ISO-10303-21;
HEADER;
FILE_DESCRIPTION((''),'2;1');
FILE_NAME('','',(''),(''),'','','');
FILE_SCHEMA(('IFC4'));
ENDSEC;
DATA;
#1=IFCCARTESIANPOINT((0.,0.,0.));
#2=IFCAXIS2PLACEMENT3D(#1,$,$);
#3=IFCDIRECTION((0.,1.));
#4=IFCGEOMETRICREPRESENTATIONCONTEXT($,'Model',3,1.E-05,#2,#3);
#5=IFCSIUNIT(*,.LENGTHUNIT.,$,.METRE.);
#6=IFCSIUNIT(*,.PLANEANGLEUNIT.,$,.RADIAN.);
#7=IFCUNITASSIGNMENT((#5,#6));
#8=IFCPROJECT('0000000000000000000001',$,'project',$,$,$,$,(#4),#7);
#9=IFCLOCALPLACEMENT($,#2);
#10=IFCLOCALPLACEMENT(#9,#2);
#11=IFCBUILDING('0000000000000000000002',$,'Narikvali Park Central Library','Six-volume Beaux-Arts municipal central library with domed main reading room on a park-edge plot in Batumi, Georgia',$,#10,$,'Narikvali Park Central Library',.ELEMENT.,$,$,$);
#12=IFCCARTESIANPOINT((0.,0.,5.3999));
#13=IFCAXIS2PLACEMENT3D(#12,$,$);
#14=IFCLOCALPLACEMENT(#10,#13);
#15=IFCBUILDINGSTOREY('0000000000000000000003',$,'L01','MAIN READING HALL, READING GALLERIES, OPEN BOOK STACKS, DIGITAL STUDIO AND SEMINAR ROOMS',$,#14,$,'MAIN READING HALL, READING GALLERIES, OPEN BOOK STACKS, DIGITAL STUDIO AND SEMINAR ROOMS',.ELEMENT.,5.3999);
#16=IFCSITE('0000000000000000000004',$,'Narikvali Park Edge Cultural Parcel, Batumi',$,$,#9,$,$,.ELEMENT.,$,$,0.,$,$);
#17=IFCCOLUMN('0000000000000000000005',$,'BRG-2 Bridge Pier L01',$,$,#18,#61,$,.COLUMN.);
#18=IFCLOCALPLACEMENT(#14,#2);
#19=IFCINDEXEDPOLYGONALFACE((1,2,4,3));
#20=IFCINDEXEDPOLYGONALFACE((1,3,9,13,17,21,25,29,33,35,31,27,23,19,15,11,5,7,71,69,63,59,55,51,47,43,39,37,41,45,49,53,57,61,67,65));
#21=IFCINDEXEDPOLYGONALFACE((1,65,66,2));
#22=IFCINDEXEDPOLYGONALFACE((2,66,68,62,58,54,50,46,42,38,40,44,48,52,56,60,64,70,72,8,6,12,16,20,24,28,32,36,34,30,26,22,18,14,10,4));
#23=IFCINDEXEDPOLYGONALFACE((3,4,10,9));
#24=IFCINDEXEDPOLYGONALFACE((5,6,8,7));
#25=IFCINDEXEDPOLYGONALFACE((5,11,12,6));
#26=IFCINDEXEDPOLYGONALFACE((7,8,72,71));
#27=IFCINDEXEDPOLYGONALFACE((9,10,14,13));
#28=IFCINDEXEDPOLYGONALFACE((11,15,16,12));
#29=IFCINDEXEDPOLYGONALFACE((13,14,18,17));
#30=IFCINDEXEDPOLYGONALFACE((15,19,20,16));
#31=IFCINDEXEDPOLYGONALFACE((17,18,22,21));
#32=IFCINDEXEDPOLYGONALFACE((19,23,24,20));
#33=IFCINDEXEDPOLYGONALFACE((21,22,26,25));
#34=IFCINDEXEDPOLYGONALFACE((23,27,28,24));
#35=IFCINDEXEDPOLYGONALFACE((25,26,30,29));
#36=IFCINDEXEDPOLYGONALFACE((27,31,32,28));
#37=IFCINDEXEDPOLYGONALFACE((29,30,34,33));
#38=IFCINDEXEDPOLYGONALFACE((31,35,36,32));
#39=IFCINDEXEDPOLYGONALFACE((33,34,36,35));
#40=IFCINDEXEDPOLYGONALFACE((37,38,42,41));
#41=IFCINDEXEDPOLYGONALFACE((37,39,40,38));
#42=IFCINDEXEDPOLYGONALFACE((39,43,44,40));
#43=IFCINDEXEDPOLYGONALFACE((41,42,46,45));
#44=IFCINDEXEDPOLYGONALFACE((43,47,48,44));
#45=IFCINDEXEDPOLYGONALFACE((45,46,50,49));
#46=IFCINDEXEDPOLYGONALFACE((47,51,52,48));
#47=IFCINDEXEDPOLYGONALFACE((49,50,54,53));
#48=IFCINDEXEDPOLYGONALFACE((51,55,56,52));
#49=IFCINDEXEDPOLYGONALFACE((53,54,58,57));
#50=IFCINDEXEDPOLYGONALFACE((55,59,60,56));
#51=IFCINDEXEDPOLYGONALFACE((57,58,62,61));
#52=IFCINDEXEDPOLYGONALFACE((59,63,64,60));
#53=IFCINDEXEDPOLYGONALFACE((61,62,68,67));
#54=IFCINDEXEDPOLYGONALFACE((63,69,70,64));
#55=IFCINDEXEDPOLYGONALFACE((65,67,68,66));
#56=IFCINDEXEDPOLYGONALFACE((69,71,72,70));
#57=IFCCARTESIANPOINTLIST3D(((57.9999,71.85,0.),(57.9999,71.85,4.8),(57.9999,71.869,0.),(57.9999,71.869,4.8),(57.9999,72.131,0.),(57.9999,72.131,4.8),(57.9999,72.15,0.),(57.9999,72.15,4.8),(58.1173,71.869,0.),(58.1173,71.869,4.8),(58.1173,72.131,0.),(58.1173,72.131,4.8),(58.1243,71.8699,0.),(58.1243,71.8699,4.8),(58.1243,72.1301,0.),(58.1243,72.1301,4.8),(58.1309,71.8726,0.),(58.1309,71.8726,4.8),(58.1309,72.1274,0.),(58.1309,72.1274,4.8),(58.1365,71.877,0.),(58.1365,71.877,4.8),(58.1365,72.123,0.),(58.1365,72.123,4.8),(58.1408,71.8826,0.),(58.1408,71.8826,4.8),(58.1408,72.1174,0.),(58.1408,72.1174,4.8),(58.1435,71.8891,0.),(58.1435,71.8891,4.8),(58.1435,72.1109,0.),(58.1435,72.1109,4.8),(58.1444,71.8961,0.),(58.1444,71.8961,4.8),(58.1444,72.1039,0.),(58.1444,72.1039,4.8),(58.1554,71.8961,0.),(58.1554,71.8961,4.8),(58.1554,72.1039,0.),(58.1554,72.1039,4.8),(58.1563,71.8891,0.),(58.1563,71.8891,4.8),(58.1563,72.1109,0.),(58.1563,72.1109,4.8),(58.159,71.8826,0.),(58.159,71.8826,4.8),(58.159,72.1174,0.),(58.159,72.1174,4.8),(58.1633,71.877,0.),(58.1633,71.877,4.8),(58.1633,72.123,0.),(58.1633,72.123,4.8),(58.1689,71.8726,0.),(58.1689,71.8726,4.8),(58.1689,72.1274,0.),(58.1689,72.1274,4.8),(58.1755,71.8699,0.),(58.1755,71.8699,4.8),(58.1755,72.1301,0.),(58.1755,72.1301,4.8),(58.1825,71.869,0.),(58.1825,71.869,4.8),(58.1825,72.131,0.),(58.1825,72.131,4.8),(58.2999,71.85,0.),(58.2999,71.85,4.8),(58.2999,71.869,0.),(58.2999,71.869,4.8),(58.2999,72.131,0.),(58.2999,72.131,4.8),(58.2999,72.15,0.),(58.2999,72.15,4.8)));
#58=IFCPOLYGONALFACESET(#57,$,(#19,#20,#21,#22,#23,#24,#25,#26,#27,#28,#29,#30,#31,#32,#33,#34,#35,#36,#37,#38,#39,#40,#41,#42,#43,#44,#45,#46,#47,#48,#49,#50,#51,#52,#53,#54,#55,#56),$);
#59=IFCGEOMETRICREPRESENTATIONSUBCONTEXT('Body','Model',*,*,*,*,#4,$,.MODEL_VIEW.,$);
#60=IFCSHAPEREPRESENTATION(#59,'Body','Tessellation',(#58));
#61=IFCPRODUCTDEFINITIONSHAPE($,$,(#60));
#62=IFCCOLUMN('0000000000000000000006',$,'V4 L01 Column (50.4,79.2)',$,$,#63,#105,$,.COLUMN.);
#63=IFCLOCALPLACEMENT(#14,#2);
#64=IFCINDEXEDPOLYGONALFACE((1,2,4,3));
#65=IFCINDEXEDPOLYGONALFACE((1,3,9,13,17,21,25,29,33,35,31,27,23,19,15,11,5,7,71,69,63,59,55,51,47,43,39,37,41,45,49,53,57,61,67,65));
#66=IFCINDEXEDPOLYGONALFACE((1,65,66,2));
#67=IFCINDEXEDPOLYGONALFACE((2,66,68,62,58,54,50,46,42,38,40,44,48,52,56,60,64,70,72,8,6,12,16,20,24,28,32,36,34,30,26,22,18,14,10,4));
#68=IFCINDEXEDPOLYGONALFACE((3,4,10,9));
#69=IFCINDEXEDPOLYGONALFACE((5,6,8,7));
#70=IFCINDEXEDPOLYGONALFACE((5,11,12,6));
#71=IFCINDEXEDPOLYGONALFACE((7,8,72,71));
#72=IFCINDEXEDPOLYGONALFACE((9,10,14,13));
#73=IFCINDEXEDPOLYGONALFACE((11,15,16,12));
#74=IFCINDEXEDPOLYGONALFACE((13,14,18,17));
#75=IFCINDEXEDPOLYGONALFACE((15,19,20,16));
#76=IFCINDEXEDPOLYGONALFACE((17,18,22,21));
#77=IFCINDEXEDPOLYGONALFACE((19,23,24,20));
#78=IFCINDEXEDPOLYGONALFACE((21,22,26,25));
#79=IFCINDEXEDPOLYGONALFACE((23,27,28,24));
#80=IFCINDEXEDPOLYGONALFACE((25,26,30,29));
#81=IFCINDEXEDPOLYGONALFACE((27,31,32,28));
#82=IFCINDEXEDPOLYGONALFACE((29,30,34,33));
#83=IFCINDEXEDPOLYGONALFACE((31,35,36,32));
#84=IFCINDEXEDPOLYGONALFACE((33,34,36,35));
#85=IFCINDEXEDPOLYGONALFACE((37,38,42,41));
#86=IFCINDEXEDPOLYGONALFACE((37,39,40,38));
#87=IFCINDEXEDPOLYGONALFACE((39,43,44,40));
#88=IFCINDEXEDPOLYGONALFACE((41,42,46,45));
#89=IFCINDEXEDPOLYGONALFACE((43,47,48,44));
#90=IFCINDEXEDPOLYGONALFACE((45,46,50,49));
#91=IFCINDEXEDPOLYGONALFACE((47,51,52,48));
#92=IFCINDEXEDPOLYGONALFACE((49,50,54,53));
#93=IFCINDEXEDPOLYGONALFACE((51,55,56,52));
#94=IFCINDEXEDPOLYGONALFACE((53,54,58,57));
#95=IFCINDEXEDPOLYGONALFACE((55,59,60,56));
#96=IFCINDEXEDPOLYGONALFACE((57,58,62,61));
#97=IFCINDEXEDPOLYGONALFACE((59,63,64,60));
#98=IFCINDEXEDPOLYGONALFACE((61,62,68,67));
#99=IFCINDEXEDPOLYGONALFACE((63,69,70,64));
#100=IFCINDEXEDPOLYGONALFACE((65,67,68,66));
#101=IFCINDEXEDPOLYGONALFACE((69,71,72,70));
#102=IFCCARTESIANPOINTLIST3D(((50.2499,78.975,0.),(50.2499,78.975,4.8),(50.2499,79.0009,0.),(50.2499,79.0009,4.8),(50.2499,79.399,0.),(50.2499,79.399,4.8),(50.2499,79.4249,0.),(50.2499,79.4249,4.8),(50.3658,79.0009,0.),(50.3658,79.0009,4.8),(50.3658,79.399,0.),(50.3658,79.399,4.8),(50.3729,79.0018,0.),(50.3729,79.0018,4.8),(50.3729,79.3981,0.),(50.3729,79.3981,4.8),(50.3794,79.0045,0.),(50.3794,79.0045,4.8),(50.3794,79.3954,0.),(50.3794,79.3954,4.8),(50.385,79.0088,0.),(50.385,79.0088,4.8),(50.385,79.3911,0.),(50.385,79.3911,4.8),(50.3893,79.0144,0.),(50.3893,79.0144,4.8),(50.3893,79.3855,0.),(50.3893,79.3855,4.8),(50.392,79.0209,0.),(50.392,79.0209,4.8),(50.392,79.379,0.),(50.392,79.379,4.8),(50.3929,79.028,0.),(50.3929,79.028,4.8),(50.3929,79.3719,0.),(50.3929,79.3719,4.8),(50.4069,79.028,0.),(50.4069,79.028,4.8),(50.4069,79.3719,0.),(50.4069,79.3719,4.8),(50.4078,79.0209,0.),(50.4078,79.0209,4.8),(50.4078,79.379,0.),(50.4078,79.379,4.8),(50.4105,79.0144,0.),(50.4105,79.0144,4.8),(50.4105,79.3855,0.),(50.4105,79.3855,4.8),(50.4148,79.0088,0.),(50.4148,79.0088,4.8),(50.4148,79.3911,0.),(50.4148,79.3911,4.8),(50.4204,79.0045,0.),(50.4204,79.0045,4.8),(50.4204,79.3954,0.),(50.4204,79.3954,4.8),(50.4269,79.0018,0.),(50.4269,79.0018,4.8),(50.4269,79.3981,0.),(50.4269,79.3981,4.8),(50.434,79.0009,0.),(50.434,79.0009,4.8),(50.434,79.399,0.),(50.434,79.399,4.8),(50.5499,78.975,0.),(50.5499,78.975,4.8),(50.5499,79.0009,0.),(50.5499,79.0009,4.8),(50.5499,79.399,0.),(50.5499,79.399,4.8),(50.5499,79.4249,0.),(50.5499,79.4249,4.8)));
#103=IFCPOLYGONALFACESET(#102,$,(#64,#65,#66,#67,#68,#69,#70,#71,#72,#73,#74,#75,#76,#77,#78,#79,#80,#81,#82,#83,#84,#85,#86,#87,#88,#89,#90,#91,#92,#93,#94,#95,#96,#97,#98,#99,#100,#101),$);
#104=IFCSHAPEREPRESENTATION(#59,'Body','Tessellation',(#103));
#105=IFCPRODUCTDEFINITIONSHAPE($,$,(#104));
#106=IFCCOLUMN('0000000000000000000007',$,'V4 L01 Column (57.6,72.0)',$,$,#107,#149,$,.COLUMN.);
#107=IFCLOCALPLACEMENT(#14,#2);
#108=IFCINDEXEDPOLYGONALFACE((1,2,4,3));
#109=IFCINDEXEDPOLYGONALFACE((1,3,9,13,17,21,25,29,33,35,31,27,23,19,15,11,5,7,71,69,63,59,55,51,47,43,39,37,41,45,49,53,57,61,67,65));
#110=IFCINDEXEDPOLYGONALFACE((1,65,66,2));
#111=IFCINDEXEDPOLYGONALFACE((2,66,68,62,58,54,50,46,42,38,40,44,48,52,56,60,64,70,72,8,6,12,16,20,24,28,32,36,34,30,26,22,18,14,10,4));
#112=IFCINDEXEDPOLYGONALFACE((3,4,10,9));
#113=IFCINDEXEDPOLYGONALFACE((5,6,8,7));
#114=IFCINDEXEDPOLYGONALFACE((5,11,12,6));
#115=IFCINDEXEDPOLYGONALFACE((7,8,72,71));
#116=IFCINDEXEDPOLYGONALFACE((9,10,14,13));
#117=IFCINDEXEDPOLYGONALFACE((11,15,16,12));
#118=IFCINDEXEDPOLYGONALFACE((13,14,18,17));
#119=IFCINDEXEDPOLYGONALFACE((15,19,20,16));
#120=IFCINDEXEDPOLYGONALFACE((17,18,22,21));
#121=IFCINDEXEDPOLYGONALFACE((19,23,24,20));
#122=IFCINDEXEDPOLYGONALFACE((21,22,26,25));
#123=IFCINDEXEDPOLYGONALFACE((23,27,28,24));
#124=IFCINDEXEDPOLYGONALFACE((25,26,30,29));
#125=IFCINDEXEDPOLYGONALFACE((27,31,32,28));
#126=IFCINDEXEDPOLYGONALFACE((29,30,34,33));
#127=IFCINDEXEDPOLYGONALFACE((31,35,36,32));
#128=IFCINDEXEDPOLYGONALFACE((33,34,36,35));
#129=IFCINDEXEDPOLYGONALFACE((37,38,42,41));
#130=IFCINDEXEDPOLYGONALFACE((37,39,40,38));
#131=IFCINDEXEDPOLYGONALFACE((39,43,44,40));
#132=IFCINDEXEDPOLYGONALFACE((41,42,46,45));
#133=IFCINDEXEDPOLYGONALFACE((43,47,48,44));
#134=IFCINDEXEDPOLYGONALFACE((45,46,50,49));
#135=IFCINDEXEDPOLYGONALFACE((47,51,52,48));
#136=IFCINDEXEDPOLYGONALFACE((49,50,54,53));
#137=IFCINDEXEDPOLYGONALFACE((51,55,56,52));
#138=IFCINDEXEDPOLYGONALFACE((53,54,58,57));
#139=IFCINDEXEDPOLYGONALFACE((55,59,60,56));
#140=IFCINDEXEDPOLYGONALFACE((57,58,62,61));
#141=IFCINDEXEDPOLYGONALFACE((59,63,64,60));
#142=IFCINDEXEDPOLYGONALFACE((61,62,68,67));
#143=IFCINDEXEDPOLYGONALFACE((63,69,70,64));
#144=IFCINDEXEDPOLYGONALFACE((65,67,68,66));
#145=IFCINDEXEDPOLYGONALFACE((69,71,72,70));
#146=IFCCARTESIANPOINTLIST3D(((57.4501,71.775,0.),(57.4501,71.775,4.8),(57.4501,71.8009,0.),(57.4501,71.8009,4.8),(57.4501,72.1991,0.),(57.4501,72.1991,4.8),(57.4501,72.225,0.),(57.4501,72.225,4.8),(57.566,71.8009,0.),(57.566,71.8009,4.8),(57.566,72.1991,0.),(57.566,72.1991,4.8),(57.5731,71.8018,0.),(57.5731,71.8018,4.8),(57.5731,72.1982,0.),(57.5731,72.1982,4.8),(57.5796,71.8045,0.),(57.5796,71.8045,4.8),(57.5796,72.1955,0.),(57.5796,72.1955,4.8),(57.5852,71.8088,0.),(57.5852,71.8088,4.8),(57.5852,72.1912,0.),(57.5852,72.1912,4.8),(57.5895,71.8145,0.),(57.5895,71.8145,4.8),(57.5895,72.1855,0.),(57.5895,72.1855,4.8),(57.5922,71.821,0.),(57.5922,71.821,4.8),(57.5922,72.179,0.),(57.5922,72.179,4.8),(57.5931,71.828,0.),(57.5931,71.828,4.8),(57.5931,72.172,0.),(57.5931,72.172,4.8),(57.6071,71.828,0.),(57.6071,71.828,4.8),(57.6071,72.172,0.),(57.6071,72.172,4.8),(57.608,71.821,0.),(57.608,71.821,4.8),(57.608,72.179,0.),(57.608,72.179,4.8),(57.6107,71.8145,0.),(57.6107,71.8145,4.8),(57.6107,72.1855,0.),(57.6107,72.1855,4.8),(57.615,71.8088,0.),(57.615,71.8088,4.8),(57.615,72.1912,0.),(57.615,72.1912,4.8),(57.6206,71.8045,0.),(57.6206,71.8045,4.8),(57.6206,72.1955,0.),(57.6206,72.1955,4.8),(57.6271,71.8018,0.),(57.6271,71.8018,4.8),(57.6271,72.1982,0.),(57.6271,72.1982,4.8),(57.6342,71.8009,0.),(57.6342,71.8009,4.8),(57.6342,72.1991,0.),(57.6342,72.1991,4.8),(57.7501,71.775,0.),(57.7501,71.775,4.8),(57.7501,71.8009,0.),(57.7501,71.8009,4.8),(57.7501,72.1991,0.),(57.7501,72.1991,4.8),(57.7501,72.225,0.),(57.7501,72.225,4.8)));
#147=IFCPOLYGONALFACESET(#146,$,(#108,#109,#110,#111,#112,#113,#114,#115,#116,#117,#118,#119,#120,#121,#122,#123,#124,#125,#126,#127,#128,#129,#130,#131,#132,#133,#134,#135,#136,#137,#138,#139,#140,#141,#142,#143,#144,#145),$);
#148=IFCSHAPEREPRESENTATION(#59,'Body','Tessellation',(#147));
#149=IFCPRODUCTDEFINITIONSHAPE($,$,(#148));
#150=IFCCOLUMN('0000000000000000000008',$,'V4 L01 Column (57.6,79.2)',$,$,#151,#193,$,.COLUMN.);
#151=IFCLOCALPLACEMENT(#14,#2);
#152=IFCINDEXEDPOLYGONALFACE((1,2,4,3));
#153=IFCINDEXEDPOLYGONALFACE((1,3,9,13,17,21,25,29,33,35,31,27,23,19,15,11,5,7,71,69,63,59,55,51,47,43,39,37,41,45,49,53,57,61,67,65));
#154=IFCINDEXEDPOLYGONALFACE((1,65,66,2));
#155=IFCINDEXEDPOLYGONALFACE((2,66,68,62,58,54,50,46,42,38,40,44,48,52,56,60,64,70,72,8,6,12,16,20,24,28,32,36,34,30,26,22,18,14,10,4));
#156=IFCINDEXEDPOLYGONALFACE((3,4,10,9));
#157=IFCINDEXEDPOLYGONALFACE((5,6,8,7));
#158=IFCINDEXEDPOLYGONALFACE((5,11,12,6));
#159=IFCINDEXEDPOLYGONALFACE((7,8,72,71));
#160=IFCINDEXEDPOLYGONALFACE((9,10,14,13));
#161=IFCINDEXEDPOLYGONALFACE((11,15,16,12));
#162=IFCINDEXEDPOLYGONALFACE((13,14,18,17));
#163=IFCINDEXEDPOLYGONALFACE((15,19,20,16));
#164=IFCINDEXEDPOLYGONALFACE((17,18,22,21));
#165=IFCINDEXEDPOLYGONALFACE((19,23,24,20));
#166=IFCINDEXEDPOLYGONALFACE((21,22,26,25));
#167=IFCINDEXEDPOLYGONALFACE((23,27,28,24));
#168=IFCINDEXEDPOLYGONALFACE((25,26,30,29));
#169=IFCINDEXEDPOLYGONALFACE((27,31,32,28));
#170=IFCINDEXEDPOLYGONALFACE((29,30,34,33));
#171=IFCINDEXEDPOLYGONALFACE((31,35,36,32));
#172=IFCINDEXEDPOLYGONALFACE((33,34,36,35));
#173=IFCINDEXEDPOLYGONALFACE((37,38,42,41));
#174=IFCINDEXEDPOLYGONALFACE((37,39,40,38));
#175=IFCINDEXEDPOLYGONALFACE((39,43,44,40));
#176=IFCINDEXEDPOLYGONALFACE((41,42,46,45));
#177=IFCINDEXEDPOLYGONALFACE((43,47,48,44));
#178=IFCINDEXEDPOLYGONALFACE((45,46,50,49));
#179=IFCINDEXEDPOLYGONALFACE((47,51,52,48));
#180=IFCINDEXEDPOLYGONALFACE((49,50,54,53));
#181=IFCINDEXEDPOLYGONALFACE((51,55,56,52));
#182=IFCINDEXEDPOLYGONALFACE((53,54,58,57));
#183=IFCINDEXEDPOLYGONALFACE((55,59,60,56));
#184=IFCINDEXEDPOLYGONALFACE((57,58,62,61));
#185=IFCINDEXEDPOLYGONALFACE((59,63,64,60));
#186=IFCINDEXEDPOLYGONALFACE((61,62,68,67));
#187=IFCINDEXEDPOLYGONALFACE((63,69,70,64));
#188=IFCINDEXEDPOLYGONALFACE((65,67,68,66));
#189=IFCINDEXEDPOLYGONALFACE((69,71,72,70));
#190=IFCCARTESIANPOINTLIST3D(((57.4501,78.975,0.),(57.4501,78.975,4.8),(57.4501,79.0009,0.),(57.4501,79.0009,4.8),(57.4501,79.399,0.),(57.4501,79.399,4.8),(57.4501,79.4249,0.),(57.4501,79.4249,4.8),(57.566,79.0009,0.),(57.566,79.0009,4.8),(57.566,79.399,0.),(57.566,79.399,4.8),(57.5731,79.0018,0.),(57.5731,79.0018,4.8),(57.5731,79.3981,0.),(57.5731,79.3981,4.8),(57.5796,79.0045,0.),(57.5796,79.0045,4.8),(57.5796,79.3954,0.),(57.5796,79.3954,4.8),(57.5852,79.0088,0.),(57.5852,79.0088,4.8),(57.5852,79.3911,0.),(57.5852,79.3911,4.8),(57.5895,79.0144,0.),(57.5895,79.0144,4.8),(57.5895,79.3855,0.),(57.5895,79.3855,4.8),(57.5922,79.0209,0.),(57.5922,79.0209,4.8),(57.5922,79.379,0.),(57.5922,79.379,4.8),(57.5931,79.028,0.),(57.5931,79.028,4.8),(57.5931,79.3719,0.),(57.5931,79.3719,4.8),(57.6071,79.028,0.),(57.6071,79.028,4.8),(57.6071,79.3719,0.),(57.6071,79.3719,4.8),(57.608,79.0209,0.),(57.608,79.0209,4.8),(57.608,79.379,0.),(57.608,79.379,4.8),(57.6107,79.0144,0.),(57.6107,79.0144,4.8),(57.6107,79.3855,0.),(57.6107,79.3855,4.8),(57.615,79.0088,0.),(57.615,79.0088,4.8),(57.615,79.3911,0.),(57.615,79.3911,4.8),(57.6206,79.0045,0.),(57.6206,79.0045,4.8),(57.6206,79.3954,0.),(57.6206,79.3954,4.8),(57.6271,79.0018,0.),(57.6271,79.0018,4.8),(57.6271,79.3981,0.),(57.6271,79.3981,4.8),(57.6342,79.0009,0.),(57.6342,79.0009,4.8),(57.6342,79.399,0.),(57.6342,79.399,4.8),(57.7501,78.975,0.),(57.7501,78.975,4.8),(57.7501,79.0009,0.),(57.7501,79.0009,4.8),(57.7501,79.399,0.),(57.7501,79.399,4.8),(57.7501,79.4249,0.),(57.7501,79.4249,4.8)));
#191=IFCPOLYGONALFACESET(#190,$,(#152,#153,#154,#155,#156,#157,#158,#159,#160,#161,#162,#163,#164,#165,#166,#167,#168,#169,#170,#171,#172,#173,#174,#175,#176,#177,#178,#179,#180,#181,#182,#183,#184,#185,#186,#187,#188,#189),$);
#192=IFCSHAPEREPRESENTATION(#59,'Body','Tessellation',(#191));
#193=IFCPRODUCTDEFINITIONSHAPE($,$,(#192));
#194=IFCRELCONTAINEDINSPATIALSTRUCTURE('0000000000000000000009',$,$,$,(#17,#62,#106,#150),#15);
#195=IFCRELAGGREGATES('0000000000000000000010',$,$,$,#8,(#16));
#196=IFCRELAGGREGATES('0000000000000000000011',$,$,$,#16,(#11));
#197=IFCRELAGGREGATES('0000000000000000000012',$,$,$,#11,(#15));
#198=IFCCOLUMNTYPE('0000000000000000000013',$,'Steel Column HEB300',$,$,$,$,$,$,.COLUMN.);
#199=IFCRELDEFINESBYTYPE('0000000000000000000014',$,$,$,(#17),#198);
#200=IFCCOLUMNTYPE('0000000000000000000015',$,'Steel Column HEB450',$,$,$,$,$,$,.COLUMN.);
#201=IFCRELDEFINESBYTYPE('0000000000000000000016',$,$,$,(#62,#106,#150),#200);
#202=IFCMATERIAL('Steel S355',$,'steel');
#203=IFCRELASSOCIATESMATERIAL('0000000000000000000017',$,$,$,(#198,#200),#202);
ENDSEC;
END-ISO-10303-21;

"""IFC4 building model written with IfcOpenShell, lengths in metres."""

from ifc_helpers import new_model, si_unit, direction, frame, origin, origin_2d, place, context, subcontext, project, spatial, i_section, extrude, material, material_profile, profile_set, type_object, element, save


model = new_model("IFC4")

# Units and contexts
model_context = context("Model", 3, precision=1e-05, world=origin(), true_north=direction((0.0, 1.0)))
body_context = subcontext(model_context, "Body", "Model", "MODEL_VIEW")
ifc_project = project(units=[si_unit("LENGTHUNIT", "METRE"), si_unit("PLANEANGLEUNIT", "RADIAN")], contexts=[model_context])

# Site, building, storey
site_placement = place(None, origin())
site = spatial("IfcSite", under=ifc_project, at=site_placement, Name="Narikvali Park Edge Cultural Parcel, Batumi", CompositionType="ELEMENT", RefElevation=0.0)
building_placement = place(site_placement, origin())
building = spatial("IfcBuilding", under=site, at=building_placement, Name="Narikvali Park Central Library", Description="Six-volume Beaux-Arts municipal central library with domed main reading room on a park-edge plot in Batumi, Georgia", LongName="Narikvali Park Central Library", CompositionType="ELEMENT")
storey_placement = place(building_placement, frame((0.0, 0.0, 5.3999)))
storey = spatial("IfcBuildingStorey", under=building, at=storey_placement, Name="L01", Description="MAIN READING HALL, READING GALLERIES, OPEN BOOK STACKS, DIGITAL STUDIO AND SEMINAR ROOMS", LongName="MAIN READING HALL, READING GALLERIES, OPEN BOOK STACKS, DIGITAL STUDIO AND SEMINAR ROOMS", CompositionType="ELEMENT", Elevation=5.3999)

# Columns
ifc_material_1 = material(Name="Steel S355", Category="steel")
ifc_material_profile_1 = material_profile(ifc_material_1, i_section(OverallWidth=0.3, OverallDepth=0.3, WebThickness=0.011, FlangeThickness=0.019, FilletRadius=0.0271, at=origin_2d()), Name="HEB 300")
ifc_profile_set_1 = profile_set([ifc_material_profile_1], Name="Steel S355")
column_type_1 = type_object("IfcColumnType", Name="Steel Column HEB300", PredefinedType="COLUMN", material=ifc_profile_set_1)
column_placement = place(storey_placement, frame((58.1499, 72.0, 0.0), z_axis=(0.0, 0.0, 1.0), x_axis=(1.0, 0.0, 0.0)))
element("IfcColumn", 1, at=column_placement, inside=storey, type_object=column_type_1, Name="BRG-2 Bridge Pier L01", PredefinedType="COLUMN", context=body_context, shape_type="SweptSolid", body=[
    extrude(i_section(OverallWidth=0.3, OverallDepth=0.3, WebThickness=0.011, FlangeThickness=0.019, FilletRadius=0.0271, at=origin_2d()), origin(), (0.0, 0.0, 1.0), 4.8),
])
ifc_material_profile_2 = material_profile(ifc_material_1, i_section(OverallWidth=0.3, OverallDepth=0.45, WebThickness=0.0139, FlangeThickness=0.0259, FilletRadius=0.0271, at=origin_2d()), Name="HEB 450")
ifc_profile_set_2 = profile_set([ifc_material_profile_2], Name="Steel S355")
column_type_2 = type_object("IfcColumnType", Name="Steel Column HEB450", PredefinedType="COLUMN", material=ifc_profile_set_2)
for number, where, z_axis, x_axis, name in (
    (2, (50.3999, 79.2, 0.0), (0.0, 0.0, 1.0), (1.0, 0.0, 0.0), "V4 L01 Column (50.4,79.2)"),
    (3, (57.6001, 72.0, 0.0), (0.0, 0.0, 1.0), (1.0, 0.0, 0.0), "V4 L01 Column (57.6,72.0)"),
    (4, (57.6001, 79.2, 0.0), (0.0, 0.0, 1.0), (1.0, 0.0, 0.0), "V4 L01 Column (57.6,79.2)"),
):
    element("IfcColumn", number, at=place(storey_placement, frame(where, z_axis=z_axis, x_axis=x_axis)), inside=storey, type_object=column_type_2, Name=name, PredefinedType="COLUMN", context=body_context, shape_type="SweptSolid", body=[
        extrude(i_section(OverallWidth=0.3, OverallDepth=0.45, WebThickness=0.0139, FlangeThickness=0.0259, FilletRadius=0.0271, at=origin_2d()), origin(), (0.0, 0.0, 1.0), 4.8),
    ])

save(model, "model.ifc")
